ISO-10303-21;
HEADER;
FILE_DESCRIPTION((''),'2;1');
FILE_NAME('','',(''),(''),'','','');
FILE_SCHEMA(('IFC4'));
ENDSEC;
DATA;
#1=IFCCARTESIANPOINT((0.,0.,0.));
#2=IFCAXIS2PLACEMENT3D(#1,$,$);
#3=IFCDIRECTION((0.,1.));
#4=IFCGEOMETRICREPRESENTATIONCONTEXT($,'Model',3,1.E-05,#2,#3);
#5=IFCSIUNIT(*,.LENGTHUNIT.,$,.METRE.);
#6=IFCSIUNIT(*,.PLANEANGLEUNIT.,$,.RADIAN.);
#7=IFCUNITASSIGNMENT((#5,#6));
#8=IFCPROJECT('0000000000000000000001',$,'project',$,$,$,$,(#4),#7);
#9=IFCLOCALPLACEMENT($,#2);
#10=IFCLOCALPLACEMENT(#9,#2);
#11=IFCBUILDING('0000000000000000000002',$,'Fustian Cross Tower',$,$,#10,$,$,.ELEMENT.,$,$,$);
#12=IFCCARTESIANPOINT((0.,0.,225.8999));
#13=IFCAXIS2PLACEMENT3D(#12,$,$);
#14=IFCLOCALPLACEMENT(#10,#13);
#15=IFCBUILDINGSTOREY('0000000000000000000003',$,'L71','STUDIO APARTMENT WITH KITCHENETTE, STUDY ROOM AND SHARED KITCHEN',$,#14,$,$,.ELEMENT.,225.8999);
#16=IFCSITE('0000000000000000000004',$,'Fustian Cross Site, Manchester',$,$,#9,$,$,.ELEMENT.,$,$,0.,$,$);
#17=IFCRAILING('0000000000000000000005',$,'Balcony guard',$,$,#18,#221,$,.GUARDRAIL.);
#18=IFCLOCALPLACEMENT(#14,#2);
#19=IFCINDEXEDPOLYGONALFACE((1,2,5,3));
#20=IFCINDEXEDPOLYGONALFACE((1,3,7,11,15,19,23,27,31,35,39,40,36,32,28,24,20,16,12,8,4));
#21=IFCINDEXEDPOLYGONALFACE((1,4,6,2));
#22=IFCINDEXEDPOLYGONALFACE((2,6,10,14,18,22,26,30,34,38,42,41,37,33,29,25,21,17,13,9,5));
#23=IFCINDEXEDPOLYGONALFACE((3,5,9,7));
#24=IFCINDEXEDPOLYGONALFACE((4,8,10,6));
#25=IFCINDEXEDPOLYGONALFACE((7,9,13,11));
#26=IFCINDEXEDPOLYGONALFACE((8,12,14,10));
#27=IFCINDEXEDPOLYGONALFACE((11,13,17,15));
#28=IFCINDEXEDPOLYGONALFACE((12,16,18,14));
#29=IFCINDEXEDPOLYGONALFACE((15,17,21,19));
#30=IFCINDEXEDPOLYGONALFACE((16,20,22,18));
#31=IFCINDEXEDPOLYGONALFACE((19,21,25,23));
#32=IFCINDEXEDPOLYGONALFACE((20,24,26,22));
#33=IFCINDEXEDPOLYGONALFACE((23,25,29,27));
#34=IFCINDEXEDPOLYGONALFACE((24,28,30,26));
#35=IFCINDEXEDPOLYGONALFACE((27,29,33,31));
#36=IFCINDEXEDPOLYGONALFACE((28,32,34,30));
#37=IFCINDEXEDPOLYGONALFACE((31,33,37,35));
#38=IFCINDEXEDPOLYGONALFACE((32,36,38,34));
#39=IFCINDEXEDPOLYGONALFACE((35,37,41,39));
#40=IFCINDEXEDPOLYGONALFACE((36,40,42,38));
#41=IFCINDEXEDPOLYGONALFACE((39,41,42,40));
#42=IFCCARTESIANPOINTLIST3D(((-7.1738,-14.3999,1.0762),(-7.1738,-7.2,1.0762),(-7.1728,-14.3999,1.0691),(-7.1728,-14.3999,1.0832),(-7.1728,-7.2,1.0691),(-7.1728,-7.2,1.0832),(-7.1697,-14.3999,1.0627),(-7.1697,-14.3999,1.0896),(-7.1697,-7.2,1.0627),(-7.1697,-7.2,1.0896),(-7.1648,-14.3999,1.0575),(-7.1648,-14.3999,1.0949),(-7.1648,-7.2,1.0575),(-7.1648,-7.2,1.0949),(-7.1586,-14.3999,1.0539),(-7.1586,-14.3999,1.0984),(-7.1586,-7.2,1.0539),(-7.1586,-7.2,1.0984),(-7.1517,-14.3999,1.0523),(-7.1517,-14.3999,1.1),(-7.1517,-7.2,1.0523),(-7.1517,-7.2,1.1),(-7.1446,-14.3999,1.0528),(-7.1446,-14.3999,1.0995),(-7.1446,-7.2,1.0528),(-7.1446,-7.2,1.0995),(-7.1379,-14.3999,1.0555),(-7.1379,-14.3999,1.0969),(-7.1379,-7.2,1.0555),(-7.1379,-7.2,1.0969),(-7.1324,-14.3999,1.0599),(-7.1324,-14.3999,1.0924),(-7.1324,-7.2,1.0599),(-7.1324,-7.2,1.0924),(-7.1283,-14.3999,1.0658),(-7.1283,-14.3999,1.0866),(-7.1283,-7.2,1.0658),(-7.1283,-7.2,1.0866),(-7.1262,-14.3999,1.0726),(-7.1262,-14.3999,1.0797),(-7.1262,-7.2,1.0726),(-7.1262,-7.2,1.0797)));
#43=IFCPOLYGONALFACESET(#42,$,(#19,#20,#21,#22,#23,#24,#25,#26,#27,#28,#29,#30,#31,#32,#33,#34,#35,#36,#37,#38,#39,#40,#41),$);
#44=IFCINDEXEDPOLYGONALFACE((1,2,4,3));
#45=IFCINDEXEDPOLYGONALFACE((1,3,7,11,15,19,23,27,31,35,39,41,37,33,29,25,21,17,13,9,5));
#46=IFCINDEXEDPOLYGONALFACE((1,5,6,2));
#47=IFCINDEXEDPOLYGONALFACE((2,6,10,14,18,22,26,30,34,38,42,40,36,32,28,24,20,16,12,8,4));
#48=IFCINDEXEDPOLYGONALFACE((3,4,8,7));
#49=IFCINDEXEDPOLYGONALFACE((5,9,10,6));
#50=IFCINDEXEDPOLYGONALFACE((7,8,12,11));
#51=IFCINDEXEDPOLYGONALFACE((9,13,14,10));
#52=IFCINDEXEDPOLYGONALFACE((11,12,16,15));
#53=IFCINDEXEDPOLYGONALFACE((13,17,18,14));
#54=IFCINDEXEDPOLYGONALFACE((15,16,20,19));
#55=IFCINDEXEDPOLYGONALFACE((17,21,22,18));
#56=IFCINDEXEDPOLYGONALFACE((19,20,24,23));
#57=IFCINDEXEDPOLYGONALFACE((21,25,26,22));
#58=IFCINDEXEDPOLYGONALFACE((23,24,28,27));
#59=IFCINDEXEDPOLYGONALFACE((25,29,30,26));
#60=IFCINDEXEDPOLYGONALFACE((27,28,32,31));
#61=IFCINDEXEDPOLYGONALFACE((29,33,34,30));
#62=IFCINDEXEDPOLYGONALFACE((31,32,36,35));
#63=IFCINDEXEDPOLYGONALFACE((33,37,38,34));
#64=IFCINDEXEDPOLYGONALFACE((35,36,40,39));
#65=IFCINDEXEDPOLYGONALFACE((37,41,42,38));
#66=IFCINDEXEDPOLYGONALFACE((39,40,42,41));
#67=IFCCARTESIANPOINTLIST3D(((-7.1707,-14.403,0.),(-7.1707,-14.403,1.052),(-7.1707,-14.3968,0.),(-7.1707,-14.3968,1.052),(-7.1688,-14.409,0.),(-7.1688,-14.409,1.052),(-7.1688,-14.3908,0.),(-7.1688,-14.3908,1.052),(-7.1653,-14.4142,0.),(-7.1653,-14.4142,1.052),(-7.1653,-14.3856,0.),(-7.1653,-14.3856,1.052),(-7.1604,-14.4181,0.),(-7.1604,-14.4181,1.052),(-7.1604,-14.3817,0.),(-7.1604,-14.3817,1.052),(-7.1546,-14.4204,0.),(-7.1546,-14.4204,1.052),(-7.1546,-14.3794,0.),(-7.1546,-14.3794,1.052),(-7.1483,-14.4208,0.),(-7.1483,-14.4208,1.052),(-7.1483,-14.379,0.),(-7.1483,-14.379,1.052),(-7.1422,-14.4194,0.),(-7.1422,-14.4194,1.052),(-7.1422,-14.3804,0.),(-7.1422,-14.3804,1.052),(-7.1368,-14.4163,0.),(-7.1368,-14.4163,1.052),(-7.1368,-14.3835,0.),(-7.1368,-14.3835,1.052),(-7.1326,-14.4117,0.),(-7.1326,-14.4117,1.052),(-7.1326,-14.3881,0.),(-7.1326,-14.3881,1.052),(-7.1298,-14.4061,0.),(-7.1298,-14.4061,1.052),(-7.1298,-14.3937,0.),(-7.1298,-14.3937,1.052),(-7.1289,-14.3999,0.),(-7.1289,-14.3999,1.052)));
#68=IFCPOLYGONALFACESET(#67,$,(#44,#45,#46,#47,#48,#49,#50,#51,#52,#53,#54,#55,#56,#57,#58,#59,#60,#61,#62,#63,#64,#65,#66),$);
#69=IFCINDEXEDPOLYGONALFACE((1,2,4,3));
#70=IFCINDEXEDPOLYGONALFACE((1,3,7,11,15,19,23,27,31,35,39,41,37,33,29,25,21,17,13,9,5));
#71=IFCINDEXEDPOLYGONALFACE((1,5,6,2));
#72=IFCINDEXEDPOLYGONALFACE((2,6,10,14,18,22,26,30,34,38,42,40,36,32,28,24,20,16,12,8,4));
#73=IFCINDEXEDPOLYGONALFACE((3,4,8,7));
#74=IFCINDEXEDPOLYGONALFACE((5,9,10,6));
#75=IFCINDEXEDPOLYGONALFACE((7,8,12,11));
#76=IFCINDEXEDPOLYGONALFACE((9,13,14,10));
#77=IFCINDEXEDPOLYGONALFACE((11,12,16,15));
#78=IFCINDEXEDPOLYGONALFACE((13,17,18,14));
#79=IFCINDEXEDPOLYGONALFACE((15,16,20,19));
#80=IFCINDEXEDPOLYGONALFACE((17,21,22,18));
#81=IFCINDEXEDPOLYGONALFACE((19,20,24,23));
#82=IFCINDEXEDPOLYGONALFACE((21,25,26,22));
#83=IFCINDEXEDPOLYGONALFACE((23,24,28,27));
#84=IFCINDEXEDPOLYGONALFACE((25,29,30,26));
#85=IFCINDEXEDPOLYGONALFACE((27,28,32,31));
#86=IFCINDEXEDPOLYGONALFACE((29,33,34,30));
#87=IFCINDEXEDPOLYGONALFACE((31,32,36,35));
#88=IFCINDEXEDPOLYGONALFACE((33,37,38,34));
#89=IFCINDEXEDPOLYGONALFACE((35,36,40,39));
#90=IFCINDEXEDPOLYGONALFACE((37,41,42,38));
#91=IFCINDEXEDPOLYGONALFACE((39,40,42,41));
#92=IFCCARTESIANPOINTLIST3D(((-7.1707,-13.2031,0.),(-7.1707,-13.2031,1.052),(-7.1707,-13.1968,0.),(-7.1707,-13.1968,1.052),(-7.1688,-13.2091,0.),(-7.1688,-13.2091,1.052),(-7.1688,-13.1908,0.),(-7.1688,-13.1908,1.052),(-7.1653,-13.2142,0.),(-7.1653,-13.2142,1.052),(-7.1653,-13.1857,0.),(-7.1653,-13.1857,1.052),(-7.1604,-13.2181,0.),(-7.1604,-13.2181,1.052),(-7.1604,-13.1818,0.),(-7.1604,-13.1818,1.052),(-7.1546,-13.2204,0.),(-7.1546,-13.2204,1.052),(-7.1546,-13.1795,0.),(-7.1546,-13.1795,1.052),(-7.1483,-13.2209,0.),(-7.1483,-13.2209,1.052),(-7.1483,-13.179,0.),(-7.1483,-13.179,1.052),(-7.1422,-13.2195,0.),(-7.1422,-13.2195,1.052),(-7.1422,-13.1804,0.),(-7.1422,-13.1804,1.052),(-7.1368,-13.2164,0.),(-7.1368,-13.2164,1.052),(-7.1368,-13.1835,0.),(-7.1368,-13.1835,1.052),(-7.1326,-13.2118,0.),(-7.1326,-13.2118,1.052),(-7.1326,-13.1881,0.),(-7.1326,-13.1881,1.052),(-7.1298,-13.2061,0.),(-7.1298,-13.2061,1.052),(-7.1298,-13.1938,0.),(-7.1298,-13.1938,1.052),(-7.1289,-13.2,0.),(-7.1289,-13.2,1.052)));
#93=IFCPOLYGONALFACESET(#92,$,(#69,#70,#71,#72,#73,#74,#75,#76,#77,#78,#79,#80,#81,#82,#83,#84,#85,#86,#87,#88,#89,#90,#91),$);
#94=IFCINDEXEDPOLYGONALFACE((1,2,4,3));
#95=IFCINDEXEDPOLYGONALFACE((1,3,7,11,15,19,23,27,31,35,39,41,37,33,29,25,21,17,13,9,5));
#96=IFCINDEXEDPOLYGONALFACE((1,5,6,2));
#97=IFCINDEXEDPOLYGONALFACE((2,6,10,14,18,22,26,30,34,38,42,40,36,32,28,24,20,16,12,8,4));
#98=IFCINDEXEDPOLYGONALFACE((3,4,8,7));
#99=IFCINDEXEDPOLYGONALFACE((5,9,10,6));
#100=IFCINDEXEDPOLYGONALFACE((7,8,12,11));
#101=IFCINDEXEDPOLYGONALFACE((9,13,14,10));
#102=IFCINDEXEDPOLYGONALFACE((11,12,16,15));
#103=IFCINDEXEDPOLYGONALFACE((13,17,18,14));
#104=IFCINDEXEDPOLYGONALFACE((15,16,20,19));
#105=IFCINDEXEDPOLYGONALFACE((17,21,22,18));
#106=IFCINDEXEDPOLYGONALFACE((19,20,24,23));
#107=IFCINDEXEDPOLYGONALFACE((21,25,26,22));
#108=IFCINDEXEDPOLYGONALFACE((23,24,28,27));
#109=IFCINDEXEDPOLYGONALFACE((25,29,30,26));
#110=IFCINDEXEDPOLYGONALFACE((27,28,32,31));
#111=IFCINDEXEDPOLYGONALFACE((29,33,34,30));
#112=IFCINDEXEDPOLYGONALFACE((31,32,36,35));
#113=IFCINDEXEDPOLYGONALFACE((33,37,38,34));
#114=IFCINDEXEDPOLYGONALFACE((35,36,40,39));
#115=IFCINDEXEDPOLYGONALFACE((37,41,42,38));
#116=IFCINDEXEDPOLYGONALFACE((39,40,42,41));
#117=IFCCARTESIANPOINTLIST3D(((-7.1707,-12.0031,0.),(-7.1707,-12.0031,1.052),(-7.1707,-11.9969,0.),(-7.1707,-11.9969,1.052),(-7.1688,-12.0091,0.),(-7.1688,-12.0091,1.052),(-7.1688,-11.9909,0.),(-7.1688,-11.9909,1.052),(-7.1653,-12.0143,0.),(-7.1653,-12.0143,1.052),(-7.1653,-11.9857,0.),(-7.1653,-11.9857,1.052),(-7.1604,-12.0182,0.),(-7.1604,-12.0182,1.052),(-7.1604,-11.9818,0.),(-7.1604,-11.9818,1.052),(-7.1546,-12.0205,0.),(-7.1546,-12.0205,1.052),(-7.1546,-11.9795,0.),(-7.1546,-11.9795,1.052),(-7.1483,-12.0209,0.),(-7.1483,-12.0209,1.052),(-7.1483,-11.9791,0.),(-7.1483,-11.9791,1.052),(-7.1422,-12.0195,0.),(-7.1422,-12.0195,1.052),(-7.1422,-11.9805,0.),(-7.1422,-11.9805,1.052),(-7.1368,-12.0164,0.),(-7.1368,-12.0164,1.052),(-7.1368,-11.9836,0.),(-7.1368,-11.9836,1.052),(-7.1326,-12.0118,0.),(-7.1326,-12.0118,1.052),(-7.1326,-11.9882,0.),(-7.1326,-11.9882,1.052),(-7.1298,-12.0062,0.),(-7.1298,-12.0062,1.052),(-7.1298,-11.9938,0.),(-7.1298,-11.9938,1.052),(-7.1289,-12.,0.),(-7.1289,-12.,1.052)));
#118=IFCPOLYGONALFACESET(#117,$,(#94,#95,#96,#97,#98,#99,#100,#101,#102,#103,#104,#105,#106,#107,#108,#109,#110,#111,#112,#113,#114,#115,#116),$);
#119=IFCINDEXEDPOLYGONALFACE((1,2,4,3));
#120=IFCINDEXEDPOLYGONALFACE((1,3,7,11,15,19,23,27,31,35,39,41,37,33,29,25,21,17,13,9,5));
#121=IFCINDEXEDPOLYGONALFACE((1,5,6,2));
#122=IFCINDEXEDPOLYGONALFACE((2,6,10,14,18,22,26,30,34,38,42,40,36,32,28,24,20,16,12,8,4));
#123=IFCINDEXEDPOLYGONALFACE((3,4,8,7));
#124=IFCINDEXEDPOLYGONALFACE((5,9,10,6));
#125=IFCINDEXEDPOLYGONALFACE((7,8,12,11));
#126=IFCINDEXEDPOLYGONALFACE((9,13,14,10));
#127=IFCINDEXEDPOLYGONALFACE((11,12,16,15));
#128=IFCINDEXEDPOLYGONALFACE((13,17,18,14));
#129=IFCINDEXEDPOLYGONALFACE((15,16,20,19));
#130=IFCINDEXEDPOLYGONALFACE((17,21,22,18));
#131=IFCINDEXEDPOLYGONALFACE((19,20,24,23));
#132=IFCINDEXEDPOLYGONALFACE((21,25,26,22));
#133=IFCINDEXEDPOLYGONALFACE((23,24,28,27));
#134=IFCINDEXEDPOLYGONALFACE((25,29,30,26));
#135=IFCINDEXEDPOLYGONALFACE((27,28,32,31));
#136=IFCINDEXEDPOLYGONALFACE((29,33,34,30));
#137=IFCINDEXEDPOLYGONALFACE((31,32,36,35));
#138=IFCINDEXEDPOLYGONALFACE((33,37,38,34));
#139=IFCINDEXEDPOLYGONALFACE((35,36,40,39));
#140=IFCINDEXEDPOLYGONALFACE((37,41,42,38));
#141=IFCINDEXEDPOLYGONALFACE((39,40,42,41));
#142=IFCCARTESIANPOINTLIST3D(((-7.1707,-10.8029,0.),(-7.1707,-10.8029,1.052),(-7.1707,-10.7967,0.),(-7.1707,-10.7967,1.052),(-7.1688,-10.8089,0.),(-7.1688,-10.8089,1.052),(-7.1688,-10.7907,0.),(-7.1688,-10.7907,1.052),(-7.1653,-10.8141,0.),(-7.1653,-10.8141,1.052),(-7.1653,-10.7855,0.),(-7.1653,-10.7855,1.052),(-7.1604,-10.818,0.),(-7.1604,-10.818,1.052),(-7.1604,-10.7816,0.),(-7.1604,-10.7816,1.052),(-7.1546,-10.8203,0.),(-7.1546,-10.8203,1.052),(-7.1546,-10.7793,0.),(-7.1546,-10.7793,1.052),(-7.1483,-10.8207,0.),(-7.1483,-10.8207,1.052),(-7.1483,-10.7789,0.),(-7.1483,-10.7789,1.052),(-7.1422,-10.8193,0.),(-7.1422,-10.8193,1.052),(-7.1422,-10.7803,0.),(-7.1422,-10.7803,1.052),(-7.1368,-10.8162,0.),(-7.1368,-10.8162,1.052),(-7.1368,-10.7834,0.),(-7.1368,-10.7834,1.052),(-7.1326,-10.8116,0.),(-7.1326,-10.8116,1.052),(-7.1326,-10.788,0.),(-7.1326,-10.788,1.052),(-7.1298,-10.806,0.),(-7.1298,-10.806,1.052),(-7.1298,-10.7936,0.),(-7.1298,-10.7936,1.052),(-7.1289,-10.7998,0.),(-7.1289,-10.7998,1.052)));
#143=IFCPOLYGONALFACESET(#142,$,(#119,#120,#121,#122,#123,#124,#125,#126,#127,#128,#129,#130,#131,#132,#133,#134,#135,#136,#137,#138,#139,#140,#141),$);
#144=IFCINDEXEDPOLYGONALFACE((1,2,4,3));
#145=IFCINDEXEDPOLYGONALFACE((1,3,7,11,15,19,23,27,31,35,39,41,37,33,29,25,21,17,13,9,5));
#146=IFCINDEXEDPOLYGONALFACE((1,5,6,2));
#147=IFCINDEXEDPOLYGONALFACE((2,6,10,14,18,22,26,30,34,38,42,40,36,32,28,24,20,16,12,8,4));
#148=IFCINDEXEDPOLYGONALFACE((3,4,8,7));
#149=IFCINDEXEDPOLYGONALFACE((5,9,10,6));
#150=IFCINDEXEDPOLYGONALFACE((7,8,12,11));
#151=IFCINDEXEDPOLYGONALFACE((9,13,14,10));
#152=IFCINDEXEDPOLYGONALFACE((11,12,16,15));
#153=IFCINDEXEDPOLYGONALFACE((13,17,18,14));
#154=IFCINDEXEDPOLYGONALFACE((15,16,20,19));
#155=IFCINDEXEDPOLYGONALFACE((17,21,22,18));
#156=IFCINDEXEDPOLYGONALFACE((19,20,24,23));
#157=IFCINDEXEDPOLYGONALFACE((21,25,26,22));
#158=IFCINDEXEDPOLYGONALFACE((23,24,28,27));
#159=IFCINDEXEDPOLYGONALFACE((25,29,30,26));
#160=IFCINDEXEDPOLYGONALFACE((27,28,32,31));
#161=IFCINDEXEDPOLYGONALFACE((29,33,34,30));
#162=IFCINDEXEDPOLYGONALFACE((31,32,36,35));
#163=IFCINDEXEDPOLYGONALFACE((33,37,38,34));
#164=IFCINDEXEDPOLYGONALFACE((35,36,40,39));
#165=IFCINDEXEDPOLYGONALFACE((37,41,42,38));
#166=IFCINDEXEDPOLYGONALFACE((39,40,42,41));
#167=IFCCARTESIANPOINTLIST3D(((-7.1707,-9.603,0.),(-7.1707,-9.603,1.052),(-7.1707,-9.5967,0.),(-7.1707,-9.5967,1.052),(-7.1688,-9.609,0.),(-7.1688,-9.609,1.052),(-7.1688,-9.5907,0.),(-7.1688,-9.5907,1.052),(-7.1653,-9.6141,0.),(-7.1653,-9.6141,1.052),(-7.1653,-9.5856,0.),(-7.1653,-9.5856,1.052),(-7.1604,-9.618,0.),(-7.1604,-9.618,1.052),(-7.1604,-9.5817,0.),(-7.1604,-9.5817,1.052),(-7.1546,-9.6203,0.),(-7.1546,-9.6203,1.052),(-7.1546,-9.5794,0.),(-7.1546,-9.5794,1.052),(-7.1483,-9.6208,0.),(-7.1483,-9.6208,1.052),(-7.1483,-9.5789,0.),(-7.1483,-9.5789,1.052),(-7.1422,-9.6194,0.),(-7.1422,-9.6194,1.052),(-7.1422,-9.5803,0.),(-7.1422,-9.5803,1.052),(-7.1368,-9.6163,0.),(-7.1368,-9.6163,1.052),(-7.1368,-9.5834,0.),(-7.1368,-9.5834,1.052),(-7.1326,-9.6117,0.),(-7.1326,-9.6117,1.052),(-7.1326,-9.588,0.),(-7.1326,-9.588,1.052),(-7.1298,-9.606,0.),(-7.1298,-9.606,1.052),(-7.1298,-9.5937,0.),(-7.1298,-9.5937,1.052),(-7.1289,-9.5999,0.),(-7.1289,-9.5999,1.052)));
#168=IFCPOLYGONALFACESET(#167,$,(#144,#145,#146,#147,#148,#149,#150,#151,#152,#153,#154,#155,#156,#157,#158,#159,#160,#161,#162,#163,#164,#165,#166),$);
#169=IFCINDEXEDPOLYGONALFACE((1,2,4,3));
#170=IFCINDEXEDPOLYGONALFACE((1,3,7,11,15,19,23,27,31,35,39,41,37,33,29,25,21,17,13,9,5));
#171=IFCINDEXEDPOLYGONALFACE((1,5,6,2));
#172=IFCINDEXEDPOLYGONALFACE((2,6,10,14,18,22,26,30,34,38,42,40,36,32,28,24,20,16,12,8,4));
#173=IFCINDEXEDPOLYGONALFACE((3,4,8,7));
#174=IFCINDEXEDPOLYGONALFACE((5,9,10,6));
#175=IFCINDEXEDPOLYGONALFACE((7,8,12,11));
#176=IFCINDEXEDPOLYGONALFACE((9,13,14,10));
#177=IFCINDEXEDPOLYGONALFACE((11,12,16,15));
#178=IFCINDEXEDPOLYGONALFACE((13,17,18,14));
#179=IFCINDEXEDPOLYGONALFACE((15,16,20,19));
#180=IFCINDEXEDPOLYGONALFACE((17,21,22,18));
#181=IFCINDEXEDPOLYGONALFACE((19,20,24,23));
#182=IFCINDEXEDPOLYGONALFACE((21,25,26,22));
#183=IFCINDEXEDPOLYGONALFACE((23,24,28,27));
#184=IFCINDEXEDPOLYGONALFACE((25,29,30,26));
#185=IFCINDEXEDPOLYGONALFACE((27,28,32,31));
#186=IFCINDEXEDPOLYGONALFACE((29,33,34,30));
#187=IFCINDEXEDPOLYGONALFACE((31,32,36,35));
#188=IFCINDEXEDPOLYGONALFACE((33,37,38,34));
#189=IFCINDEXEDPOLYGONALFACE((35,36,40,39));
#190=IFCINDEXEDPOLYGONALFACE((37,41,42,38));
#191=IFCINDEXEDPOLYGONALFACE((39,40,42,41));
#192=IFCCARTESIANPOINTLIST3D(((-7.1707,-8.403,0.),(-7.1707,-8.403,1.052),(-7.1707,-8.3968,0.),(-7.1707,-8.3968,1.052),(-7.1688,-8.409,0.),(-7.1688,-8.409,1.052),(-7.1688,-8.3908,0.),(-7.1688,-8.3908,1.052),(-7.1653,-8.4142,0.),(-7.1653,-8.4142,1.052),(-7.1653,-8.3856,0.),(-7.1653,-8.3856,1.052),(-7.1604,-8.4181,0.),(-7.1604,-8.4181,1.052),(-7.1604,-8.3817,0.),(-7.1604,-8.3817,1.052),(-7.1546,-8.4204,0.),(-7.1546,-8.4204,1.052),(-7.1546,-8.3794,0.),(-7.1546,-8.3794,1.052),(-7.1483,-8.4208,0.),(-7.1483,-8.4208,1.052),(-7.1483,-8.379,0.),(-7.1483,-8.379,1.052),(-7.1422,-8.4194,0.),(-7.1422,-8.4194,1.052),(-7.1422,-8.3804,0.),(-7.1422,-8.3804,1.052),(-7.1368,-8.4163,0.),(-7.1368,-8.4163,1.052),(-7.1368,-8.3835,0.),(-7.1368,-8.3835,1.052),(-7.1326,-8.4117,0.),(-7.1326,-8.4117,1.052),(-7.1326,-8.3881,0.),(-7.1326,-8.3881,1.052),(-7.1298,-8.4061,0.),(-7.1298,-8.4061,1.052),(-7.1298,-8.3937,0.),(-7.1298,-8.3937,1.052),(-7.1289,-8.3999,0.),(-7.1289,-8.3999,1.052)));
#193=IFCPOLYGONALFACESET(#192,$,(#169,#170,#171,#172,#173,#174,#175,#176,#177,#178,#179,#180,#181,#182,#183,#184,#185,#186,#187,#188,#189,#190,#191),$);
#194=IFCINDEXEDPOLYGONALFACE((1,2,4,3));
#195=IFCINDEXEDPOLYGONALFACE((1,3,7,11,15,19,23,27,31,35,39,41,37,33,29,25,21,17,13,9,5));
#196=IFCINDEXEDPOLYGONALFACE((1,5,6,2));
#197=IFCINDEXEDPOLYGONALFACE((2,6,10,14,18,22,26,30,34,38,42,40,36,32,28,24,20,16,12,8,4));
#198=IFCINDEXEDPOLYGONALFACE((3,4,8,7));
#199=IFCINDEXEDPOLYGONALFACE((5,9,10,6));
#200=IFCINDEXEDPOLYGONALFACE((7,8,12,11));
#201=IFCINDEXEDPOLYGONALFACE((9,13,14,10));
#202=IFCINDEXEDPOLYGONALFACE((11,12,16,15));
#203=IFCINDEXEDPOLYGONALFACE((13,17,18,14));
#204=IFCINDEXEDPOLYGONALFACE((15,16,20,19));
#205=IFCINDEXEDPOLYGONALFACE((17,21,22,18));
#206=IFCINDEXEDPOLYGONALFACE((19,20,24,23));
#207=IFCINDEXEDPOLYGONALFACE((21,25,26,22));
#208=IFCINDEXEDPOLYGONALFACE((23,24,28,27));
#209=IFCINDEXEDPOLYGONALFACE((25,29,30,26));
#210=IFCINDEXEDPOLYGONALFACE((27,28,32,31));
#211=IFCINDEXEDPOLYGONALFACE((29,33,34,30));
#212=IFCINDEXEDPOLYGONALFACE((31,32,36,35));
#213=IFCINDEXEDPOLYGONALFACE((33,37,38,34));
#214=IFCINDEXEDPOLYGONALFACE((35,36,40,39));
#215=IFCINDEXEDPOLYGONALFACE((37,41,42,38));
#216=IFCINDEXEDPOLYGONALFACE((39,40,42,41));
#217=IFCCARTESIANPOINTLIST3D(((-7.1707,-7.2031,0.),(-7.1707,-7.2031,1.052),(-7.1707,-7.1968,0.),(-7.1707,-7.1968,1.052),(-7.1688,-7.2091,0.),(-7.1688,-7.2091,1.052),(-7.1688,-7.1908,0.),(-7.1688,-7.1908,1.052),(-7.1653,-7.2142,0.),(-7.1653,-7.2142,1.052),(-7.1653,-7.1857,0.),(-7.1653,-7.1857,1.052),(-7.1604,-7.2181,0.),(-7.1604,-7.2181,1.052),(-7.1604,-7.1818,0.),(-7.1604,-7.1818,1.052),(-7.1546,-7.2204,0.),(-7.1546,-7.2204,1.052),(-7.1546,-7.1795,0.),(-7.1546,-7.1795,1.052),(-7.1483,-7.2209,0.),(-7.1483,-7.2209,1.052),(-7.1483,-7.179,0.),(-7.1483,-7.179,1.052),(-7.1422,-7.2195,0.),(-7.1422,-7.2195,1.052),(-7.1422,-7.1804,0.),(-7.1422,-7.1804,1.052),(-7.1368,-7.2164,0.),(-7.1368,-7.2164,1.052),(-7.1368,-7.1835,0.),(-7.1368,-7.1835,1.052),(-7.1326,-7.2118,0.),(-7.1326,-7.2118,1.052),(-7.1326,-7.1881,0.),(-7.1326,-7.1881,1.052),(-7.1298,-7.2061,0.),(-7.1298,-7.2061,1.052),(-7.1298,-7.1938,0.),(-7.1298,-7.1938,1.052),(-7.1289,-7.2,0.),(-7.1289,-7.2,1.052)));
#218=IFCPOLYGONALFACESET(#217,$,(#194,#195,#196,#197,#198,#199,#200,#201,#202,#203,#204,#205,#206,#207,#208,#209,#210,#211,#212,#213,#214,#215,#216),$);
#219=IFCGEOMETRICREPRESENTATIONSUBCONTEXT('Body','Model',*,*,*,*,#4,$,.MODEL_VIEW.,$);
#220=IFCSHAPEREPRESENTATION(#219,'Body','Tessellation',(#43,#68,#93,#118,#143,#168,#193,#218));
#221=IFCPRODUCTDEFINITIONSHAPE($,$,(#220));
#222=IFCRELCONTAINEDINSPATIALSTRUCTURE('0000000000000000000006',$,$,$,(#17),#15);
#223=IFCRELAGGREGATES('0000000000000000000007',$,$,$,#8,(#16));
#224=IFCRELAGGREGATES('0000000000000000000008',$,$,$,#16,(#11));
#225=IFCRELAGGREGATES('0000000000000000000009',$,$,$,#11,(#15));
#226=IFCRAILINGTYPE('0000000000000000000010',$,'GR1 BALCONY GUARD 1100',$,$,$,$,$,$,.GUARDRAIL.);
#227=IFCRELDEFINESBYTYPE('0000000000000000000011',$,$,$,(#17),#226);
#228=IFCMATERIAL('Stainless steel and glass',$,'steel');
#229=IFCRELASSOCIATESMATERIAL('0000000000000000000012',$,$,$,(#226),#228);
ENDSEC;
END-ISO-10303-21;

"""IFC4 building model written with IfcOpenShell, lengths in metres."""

from ifc_helpers import new_model, si_unit, direction, frame, origin, origin_2d, place, context, subcontext, project, spatial, circle, extrude, material, type_object, element, save


model = new_model("IFC4")

# Units and contexts
model_context = context("Model", 3, precision=1e-05, world=origin(), true_north=direction((0.0, 1.0)))
body_context = subcontext(model_context, "Body", "Model", "MODEL_VIEW")
ifc_project = project(units=[si_unit("LENGTHUNIT", "METRE"), si_unit("PLANEANGLEUNIT", "RADIAN")], contexts=[model_context])

# Site, building, storey
site_placement = place(None, origin())
site = spatial("IfcSite", under=ifc_project, at=site_placement, Name="Fustian Cross Site, Manchester", CompositionType="ELEMENT", RefElevation=0.0)
building_placement = place(site_placement, origin())
building = spatial("IfcBuilding", under=site, at=building_placement, Name="Fustian Cross Tower", CompositionType="ELEMENT")
storey_placement = place(building_placement, frame((0.0, 0.0, 225.8999)))
storey = spatial("IfcBuildingStorey", under=building, at=storey_placement, Name="L71", Description="STUDIO APARTMENT WITH KITCHENETTE, STUDY ROOM AND SHARED KITCHEN", CompositionType="ELEMENT", Elevation=225.8999)

# Railing
ifc_material_1 = material(Name="Stainless steel and glass", Category="steel")
railing_type_1 = type_object("IfcRailingType", Name="GR1 BALCONY GUARD 1100", PredefinedType="GUARDRAIL", material=ifc_material_1)
railing_1_placement = place(storey_placement, frame((-7.1499, -14.3999, 0.0)))
element("IfcRailing", 1, at=railing_1_placement, inside=storey, type_object=railing_type_1, Name="Balcony guard", PredefinedType="GUARDRAIL", context=body_context, shape_type="SweptSolid", body=[
    extrude(circle(Radius=0.0239, at=origin_2d()), frame((0.0, 0.0, 1.0762), z_axis=(0.0, 1.0, 0.0), x_axis=(-1.0, 0.0, 0.0)), (0.0, 0.0, 1.0), 7.2),
    extrude(circle(Radius=0.021, at=origin_2d()), origin(), (0.0, 0.0, 1.0), 1.052),
    extrude(circle(Radius=0.021, at=origin_2d()), frame((0.0, 1.2, 0.0)), (0.0, 0.0, 1.0), 1.052),
    extrude(circle(Radius=0.021, at=origin_2d()), frame((0.0, 2.3999, 0.0)), (0.0, 0.0, 1.0), 1.052),
    extrude(circle(Radius=0.021, at=origin_2d()), frame((0.0, 3.6001, 0.0)), (0.0, 0.0, 1.0), 1.052),
    extrude(circle(Radius=0.021, at=origin_2d()), frame((0.0, 4.8, 0.0)), (0.0, 0.0, 1.0), 1.052),
    extrude(circle(Radius=0.021, at=origin_2d()), frame((0.0, 6.0, 0.0)), (0.0, 0.0, 1.0), 1.052),
    extrude(circle(Radius=0.021, at=origin_2d()), frame((0.0, 7.2, 0.0)), (0.0, 0.0, 1.0), 1.052),
])

save(model, "model.ifc")
